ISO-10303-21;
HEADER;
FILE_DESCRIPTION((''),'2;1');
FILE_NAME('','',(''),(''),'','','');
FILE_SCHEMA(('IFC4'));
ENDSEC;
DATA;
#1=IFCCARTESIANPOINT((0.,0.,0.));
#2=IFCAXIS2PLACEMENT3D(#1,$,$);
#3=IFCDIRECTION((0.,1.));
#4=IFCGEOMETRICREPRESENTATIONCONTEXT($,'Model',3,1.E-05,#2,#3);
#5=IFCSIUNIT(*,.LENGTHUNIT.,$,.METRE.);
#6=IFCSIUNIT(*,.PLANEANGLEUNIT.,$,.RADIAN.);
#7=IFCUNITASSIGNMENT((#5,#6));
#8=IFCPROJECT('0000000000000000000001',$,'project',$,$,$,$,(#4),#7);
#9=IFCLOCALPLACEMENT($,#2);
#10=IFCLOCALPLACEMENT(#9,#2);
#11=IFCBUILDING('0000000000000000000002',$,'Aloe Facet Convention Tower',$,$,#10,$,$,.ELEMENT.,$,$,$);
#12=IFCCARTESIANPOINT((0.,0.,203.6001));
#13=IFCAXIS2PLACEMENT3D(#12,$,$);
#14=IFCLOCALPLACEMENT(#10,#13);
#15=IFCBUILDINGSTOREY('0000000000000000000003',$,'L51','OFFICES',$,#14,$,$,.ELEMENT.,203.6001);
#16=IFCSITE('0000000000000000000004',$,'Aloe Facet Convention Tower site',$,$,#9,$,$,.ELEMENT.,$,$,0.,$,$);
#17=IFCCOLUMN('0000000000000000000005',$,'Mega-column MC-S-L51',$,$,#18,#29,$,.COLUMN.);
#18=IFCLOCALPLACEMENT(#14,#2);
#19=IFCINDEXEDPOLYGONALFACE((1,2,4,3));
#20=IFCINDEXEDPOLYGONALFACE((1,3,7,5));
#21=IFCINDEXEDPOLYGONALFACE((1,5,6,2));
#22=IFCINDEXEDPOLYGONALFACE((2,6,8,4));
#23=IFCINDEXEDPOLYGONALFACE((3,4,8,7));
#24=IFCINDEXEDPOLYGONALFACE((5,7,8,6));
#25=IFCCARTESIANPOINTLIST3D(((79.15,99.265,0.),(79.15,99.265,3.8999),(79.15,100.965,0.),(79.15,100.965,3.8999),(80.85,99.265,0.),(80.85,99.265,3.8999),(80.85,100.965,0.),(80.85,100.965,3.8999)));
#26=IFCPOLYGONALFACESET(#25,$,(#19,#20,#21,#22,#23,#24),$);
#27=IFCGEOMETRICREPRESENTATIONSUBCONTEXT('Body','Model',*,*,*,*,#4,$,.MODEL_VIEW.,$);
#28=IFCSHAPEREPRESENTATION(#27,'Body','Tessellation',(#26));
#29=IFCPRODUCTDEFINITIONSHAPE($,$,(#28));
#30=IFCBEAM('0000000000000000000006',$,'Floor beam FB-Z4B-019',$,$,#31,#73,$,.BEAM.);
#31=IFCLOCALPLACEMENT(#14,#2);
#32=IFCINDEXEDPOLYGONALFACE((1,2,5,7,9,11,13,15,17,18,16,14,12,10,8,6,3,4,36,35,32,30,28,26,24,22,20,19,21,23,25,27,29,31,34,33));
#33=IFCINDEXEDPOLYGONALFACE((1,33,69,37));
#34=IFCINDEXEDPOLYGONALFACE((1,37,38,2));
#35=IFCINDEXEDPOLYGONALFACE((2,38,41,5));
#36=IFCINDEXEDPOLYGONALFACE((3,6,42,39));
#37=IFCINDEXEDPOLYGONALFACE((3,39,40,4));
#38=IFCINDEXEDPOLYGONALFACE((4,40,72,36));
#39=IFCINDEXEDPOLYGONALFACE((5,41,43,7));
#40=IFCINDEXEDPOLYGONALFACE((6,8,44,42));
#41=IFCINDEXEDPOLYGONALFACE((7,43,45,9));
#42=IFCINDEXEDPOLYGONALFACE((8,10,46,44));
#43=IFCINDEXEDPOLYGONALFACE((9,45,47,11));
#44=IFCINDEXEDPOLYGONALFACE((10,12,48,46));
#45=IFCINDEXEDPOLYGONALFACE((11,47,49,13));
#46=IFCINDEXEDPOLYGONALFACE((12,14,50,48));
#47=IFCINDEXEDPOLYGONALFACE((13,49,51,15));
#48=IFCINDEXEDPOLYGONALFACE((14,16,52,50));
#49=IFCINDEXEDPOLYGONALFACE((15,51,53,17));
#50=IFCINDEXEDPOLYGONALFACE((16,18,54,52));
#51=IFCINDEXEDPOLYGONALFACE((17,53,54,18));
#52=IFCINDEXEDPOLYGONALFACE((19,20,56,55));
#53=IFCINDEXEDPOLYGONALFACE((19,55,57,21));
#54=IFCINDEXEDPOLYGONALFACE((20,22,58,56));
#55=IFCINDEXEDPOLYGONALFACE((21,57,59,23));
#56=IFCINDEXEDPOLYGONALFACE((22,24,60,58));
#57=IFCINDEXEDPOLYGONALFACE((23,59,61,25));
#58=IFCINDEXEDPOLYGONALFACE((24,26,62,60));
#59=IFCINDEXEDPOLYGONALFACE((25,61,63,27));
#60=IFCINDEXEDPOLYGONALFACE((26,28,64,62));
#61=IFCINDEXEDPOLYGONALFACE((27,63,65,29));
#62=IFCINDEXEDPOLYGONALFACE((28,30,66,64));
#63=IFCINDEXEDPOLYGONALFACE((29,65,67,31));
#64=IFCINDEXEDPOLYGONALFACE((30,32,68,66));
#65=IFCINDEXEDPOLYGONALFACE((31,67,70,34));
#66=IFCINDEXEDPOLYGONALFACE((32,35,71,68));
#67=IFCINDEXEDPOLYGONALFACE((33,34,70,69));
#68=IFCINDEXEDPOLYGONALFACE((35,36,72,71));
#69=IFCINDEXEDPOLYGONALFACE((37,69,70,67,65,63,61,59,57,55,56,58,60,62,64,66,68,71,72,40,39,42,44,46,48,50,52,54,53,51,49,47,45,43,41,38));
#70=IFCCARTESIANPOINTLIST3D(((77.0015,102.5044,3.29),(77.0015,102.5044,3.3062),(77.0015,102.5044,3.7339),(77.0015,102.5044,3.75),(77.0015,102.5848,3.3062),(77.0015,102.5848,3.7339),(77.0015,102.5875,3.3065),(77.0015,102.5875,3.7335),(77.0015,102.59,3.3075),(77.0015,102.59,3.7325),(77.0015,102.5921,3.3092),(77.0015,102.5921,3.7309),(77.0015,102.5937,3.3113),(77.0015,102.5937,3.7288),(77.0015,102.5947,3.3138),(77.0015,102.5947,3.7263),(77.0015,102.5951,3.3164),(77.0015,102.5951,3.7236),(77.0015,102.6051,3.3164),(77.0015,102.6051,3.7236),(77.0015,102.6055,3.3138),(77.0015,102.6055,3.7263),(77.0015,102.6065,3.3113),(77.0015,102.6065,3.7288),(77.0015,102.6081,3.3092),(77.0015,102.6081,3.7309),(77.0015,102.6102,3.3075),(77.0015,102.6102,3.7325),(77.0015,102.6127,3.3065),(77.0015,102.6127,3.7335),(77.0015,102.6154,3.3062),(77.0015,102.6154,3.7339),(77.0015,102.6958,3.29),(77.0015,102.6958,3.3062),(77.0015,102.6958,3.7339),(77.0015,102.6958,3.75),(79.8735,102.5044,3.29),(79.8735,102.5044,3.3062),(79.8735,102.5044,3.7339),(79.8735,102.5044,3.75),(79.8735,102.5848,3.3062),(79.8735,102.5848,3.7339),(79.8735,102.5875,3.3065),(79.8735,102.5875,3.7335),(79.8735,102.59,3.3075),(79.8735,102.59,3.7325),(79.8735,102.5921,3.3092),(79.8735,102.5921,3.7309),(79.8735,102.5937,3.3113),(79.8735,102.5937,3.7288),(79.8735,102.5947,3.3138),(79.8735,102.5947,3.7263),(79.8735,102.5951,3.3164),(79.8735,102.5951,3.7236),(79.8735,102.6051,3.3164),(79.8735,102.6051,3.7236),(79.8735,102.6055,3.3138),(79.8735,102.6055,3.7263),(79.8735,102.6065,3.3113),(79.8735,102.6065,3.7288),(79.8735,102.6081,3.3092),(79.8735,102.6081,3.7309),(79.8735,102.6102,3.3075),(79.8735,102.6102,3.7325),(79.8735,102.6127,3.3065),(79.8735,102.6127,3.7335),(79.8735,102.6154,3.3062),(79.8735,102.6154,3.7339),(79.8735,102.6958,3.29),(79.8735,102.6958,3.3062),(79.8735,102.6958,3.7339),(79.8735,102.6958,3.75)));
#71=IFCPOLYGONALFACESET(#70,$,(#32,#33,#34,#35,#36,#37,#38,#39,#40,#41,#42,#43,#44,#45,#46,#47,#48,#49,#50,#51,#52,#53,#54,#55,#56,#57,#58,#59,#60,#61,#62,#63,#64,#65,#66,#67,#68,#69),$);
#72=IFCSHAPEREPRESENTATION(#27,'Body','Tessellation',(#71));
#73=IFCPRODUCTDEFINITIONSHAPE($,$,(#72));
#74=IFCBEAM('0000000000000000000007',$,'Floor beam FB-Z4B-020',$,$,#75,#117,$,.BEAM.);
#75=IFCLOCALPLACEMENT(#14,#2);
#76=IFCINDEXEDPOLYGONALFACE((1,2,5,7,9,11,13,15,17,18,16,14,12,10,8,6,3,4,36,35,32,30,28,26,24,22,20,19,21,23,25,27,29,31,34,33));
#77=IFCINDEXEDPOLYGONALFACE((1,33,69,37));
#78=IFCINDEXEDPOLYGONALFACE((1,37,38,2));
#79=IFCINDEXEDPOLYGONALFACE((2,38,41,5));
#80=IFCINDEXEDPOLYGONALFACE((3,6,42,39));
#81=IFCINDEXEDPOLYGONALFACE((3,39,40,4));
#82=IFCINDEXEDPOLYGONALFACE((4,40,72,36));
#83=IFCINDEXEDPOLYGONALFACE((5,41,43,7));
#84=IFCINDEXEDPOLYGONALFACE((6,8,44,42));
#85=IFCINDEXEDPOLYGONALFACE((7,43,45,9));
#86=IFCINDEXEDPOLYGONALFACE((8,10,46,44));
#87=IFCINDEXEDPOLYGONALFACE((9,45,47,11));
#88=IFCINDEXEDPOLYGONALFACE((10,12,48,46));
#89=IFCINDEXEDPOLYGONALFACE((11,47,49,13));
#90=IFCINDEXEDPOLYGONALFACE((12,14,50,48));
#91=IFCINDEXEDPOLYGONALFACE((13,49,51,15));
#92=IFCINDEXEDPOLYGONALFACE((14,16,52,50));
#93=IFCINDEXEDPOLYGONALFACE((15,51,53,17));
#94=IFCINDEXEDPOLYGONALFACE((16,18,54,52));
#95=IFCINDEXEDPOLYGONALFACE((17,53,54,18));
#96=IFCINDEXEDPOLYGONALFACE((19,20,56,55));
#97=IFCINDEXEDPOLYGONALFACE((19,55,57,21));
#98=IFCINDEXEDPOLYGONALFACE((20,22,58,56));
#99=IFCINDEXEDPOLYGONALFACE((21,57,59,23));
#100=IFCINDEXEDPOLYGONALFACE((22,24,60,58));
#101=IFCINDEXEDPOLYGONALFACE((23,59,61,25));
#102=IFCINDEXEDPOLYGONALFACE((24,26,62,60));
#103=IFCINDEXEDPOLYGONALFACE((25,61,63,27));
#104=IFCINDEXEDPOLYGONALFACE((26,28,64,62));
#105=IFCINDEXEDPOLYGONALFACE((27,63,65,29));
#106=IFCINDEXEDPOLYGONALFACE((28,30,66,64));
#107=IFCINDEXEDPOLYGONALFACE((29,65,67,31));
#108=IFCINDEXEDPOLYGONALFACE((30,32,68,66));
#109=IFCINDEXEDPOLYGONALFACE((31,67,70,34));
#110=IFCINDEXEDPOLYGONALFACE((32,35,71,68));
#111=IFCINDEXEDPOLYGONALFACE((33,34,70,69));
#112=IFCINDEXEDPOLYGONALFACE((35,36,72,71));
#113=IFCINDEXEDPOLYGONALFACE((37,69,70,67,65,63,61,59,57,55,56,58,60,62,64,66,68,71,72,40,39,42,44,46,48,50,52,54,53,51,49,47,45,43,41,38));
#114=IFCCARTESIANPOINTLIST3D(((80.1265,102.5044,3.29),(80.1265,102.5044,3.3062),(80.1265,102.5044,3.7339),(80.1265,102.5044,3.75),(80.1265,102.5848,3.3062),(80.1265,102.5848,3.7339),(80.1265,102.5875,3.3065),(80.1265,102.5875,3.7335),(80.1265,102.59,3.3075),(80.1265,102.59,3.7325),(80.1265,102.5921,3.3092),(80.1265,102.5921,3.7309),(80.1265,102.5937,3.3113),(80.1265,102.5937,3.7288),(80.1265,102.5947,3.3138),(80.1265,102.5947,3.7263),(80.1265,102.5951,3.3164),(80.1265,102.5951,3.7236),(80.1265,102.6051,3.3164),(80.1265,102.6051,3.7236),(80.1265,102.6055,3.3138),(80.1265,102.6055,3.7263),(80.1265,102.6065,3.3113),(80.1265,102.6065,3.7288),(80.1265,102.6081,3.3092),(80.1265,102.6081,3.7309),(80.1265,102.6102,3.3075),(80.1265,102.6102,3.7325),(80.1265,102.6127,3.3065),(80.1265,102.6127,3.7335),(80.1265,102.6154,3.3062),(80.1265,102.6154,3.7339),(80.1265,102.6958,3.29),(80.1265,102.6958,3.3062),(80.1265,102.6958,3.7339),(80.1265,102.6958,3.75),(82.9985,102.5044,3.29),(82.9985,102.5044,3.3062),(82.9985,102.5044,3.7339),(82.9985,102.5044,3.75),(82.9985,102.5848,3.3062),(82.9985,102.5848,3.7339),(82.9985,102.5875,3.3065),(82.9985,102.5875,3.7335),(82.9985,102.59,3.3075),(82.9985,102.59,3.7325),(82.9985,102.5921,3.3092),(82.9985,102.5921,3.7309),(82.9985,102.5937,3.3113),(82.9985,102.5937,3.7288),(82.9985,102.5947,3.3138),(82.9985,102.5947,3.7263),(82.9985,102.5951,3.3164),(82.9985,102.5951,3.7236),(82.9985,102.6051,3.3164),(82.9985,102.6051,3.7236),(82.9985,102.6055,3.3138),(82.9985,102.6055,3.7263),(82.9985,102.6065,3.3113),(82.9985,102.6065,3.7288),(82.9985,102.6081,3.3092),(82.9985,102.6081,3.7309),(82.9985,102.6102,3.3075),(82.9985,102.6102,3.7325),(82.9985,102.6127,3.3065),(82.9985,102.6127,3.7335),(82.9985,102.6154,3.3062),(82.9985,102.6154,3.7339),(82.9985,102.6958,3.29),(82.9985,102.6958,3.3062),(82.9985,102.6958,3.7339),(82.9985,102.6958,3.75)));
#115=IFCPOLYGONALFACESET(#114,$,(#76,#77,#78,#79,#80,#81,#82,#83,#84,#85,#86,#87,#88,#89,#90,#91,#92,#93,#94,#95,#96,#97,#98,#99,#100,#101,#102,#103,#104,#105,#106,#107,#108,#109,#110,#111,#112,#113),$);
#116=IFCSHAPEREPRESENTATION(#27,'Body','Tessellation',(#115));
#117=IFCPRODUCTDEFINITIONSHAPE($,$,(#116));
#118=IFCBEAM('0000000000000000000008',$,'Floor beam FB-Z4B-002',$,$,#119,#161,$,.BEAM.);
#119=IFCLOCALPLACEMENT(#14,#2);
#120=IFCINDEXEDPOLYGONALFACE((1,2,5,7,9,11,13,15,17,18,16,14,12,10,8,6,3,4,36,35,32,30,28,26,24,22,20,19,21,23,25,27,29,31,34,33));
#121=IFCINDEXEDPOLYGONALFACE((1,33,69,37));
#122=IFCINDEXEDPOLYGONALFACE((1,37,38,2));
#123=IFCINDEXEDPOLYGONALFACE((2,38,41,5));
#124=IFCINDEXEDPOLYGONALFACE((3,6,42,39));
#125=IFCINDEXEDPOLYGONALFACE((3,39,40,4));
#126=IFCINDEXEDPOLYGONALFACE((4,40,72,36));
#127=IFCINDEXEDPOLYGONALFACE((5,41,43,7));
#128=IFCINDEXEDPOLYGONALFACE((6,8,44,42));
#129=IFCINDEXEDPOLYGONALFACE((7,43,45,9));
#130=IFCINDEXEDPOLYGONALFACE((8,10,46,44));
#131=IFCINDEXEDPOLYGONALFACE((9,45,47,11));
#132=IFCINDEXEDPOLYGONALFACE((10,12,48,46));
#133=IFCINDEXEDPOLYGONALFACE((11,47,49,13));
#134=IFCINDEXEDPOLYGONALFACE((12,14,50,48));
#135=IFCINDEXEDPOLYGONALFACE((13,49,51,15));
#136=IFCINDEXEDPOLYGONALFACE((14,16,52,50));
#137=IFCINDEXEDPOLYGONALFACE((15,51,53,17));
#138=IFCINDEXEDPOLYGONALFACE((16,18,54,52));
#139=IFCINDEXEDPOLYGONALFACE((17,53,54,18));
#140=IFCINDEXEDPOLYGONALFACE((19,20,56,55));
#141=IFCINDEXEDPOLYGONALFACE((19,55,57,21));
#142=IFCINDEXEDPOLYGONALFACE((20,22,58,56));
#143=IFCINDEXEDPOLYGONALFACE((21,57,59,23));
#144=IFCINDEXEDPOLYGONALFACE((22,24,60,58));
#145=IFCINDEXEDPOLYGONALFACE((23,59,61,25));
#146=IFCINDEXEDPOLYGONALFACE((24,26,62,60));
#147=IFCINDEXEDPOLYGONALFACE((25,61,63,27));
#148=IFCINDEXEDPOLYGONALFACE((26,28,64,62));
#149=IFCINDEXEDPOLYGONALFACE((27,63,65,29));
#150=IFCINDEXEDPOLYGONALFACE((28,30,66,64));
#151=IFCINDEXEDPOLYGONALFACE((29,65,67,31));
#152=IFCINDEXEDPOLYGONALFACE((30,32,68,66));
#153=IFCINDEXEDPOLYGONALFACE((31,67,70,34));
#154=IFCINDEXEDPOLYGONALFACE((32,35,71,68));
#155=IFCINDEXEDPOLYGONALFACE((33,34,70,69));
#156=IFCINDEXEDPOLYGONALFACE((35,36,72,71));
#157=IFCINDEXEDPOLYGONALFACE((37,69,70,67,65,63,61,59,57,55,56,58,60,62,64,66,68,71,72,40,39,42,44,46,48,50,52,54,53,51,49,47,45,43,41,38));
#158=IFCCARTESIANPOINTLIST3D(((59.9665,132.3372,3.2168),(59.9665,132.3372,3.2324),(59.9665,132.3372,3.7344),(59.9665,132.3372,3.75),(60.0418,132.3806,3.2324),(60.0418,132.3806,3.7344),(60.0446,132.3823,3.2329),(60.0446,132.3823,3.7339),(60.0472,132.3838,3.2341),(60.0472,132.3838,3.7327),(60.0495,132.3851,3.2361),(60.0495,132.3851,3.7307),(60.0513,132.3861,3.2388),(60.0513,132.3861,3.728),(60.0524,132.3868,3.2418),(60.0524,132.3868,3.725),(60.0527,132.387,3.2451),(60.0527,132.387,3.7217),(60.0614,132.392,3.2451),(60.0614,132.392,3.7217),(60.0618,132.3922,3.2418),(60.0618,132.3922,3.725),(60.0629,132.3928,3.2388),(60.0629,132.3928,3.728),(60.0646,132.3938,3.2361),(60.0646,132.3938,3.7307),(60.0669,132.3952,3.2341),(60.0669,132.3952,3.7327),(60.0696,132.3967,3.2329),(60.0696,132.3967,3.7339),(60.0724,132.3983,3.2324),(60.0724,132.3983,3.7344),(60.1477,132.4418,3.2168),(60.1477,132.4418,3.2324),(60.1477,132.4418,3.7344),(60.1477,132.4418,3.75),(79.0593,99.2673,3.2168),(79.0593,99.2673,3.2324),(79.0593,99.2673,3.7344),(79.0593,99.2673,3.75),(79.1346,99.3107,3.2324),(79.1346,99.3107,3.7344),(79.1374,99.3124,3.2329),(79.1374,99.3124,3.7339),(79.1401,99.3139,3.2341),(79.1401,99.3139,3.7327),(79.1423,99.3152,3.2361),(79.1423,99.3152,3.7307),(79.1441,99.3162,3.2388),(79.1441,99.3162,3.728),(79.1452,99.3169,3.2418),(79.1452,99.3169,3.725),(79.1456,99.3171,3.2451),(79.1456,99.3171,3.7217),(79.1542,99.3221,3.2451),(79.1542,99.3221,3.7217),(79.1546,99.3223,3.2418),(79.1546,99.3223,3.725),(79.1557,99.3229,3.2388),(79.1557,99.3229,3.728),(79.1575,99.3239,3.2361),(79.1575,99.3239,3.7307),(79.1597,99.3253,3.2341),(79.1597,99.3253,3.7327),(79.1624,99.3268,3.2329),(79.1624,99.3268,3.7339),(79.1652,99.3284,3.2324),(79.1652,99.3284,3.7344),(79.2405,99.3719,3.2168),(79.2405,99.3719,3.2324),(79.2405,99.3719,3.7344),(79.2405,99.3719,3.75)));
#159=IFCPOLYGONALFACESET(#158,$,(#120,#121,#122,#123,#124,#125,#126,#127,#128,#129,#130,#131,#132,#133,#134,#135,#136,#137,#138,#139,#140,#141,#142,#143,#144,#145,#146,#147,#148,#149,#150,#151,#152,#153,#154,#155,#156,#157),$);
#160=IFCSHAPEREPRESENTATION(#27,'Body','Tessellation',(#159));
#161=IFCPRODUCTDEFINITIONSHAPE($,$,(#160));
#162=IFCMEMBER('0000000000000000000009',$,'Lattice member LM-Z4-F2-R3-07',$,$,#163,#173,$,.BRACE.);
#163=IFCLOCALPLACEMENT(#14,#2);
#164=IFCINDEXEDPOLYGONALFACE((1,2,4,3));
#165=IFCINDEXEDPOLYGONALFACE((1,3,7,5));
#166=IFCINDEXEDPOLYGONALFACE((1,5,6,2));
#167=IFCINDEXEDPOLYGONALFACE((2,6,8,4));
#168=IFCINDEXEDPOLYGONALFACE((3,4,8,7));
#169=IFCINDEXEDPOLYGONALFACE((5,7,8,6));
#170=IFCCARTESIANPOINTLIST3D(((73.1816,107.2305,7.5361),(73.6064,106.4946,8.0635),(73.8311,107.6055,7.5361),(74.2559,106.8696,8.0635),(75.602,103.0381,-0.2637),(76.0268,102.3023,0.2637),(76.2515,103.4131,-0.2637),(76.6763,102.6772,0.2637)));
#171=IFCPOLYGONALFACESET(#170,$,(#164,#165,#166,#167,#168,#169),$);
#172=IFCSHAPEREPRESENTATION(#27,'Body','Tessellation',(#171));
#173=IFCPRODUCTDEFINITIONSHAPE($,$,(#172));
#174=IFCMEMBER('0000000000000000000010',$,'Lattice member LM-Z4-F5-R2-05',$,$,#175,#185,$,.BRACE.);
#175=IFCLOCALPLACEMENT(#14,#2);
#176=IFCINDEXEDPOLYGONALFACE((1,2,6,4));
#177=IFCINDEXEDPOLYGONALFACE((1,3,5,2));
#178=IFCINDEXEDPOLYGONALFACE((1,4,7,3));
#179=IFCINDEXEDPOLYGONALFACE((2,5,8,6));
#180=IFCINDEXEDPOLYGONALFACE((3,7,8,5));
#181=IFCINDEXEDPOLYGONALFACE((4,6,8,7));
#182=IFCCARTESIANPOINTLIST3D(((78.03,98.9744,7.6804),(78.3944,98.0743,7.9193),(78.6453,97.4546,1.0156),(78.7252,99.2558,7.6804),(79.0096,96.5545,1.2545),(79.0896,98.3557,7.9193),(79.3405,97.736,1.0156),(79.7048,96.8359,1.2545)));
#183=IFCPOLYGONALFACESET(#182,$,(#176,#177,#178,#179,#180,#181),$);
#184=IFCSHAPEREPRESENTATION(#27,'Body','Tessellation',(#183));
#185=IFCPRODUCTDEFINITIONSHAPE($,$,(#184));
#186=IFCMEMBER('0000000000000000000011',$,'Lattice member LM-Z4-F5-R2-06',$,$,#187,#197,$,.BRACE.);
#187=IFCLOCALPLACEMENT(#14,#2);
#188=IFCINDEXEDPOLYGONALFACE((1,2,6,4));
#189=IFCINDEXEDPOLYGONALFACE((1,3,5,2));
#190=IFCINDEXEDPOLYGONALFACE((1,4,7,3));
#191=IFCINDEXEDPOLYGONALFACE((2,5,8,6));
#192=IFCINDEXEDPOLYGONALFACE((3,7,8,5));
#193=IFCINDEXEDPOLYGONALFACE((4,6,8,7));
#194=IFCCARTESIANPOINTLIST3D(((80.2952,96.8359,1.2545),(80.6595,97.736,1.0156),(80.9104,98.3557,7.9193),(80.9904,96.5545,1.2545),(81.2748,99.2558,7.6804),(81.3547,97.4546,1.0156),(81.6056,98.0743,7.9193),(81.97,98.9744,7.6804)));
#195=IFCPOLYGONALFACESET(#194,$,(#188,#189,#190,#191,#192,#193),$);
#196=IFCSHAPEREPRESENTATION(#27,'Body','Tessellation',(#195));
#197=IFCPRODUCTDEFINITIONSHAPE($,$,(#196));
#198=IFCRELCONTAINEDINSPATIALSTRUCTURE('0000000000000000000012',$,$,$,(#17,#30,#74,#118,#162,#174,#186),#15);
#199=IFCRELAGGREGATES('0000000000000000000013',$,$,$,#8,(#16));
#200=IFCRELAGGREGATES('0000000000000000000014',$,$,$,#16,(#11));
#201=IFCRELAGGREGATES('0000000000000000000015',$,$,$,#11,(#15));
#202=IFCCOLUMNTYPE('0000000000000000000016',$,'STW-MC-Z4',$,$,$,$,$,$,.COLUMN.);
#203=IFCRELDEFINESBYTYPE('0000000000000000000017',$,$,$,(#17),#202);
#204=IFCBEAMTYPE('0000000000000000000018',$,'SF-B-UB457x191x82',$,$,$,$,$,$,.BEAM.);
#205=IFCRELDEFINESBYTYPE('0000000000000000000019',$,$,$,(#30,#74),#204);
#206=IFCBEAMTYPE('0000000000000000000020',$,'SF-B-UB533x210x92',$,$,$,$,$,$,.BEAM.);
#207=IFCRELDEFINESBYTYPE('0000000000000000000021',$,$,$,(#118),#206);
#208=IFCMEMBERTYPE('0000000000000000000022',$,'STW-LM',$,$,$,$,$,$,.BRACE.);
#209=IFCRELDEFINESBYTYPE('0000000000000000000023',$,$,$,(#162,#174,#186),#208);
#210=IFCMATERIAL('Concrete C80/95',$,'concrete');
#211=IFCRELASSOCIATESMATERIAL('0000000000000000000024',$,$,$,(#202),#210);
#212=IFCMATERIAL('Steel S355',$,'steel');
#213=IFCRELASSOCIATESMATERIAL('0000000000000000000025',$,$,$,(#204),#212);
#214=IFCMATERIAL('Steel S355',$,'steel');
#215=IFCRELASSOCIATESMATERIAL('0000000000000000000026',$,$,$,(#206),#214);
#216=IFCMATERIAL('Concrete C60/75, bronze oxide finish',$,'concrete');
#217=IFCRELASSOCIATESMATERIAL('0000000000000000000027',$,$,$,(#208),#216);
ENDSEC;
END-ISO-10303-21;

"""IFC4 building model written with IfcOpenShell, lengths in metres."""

from ifc_helpers import new_model, si_unit, direction, frame, origin, origin_2d, place, context, subcontext, project, spatial, rectangle, i_section, extrude, material, material_profile, profile_set, type_object, element, save


model = new_model("IFC4")

# Units and contexts
model_context = context("Model", 3, precision=1e-05, world=origin(), true_north=direction((0.0, 1.0)))
body_context = subcontext(model_context, "Body", "Model", "MODEL_VIEW")
ifc_project = project(units=[si_unit("LENGTHUNIT", "METRE"), si_unit("PLANEANGLEUNIT", "RADIAN")], contexts=[model_context])

# Site, building, storey
site_placement = place(None, origin())
site = spatial("IfcSite", under=ifc_project, at=site_placement, Name="Aloe Facet Convention Tower site", CompositionType="ELEMENT", RefElevation=0.0)
building_placement = place(site_placement, origin())
building = spatial("IfcBuilding", under=site, at=building_placement, Name="Aloe Facet Convention Tower", CompositionType="ELEMENT")
storey_placement = place(building_placement, frame((0.0, 0.0, 203.6001)))
storey = spatial("IfcBuildingStorey", under=building, at=storey_placement, Name="L51", Description="OFFICES", CompositionType="ELEMENT", Elevation=203.6001)

# Column
ifc_material_1 = material(Name="Concrete C80/95", Category="concrete")
ifc_material_profile_1 = material_profile(ifc_material_1, rectangle(XDim=1.7, YDim=1.7, at=origin_2d()), Name="STW-MC-Z4")
ifc_profile_set_1 = profile_set([ifc_material_profile_1], Name="Concrete C80/95")
column_type = type_object("IfcColumnType", Name="STW-MC-Z4", PredefinedType="COLUMN", material=ifc_profile_set_1)
column_placement = place(storey_placement, frame((80.0, 100.115, 0.0), z_axis=(0.0, 0.0, 1.0), x_axis=(1.0, 0.0, 0.0)))
element("IfcColumn", 1, at=column_placement, inside=storey, type_object=column_type, Name="Mega-column MC-S-L51", PredefinedType="COLUMN", context=body_context, shape_type="SweptSolid", body=[
    extrude(rectangle(XDim=1.7, YDim=1.7, at=origin_2d()), origin(), (0.0, 0.0, 1.0), 3.8999),
])

# Beams
ifc_material_2 = material(Name="Steel S355", Category="steel")
ifc_material_profile_2 = material_profile(ifc_material_2, i_section(OverallWidth=0.1914, OverallDepth=0.46, WebThickness=0.01, FlangeThickness=0.0161, FilletRadius=0.0103, at=origin_2d()), Name="UB 457x191x82")
ifc_profile_set_2 = profile_set([ifc_material_profile_2], Name="Steel S355")
beam_type_1 = type_object("IfcBeamType", Name="SF-B-UB457x191x82", PredefinedType="BEAM", material=ifc_profile_set_2)
for number, where, z_axis, x_axis, name in (
    (2, (77.0015, 102.6001, 3.52), (1.0, 0.0, 0.0), (0.0, 1.0, 0.0), "Floor beam FB-Z4B-019"),
    (3, (80.1265, 102.6001, 3.52), (1.0, 0.0, 0.0), (0.0, 1.0, 0.0), "Floor beam FB-Z4B-020"),
):
    element("IfcBeam", number, at=place(storey_placement, frame(where, z_axis=z_axis, x_axis=x_axis)), inside=storey, type_object=beam_type_1, Name=name, PredefinedType="BEAM", context=body_context, shape_type="SweptSolid", body=[
        extrude(i_section(OverallWidth=0.1914, OverallDepth=0.46, WebThickness=0.01, FlangeThickness=0.0161, FilletRadius=0.0103, at=origin_2d()), origin(), (0.0, 0.0, 1.0), 2.8721),
    ])
ifc_material_3 = material(Name="Steel S355", Category="steel")
ifc_material_profile_3 = material_profile(ifc_material_3, i_section(OverallWidth=0.2092, OverallDepth=0.5332, WebThickness=0.01, FlangeThickness=0.0156, FilletRadius=0.0127, at=origin_2d()), Name="UB 533x210x92")
ifc_profile_set_3 = profile_set([ifc_material_profile_3], Name="Steel S355")
beam_type_2 = type_object("IfcBeamType", Name="SF-B-UB533x210x92", PredefinedType="BEAM", material=ifc_profile_set_3)
beam_placement = place(storey_placement, frame((79.1499, 99.3196, 3.4834), z_axis=(-0.499998, 0.866027, 0.0), x_axis=(-0.866027, -0.499998, 0.0)))
element("IfcBeam", 4, at=beam_placement, inside=storey, type_object=beam_type_2, Name="Floor beam FB-Z4B-002", PredefinedType="BEAM", context=body_context, shape_type="SweptSolid", body=[
    extrude(i_section(OverallWidth=0.2092, OverallDepth=0.5332, WebThickness=0.01, FlangeThickness=0.0156, FilletRadius=0.0127, at=origin_2d()), origin(), (0.0, 0.0, 1.0), 38.1858),
])

# Members
ifc_material_4 = material(Name="Concrete C60/75, bronze oxide finish", Category="concrete")
ifc_material_profile_4 = material_profile(ifc_material_4, rectangle(XDim=0.75, YDim=1.0, at=origin_2d()), Name="STW-LM")
ifc_profile_set_4 = profile_set([ifc_material_profile_4], Name="Concrete C60/75, bronze oxide finish")
member_type = type_object("IfcMemberType", Name="STW-LM", PredefinedType="BRACE", material=ifc_profile_set_4)
member_placement = place(storey_placement, frame((76.1392, 102.8577, 0.0), z_axis=(-0.263663, 0.456689, 0.849657), x_axis=(-0.866031, -0.49999, 0.0)))
element("IfcMember", 5, at=member_placement, inside=storey, type_object=member_type, Name="Lattice member LM-Z4-F2-R3-07", PredefinedType="BRACE", context=body_context, shape_type="SweptSolid", body=[
    extrude(rectangle(XDim=0.75, YDim=1.0, at=origin_2d()), origin(), (0.0, 0.0, 1.0), 9.1799),
])
for number, where, z_axis, x_axis, name in (
    (6, (79.175, 97.1453, 1.135), (-0.089638, 0.221428, 0.971048), (-0.926928, -0.375238, 0.0), "Lattice member LM-Z4-F5-R2-05"),
    (7, (80.825, 97.1453, 1.135), (0.089638, 0.221428, 0.971048), (-0.926928, 0.375238, 0.0), "Lattice member LM-Z4-F5-R2-06"),
):
    element("IfcMember", number, at=place(storey_placement, frame(where, z_axis=z_axis, x_axis=x_axis)), inside=storey, type_object=member_type, Name=name, PredefinedType="BRACE", context=body_context, shape_type="SweptSolid", body=[
        extrude(rectangle(XDim=0.75, YDim=1.0, at=origin_2d()), origin(), (0.0, 0.0, 1.0), 6.8635),
    ])

save(model, "model.ifc")
